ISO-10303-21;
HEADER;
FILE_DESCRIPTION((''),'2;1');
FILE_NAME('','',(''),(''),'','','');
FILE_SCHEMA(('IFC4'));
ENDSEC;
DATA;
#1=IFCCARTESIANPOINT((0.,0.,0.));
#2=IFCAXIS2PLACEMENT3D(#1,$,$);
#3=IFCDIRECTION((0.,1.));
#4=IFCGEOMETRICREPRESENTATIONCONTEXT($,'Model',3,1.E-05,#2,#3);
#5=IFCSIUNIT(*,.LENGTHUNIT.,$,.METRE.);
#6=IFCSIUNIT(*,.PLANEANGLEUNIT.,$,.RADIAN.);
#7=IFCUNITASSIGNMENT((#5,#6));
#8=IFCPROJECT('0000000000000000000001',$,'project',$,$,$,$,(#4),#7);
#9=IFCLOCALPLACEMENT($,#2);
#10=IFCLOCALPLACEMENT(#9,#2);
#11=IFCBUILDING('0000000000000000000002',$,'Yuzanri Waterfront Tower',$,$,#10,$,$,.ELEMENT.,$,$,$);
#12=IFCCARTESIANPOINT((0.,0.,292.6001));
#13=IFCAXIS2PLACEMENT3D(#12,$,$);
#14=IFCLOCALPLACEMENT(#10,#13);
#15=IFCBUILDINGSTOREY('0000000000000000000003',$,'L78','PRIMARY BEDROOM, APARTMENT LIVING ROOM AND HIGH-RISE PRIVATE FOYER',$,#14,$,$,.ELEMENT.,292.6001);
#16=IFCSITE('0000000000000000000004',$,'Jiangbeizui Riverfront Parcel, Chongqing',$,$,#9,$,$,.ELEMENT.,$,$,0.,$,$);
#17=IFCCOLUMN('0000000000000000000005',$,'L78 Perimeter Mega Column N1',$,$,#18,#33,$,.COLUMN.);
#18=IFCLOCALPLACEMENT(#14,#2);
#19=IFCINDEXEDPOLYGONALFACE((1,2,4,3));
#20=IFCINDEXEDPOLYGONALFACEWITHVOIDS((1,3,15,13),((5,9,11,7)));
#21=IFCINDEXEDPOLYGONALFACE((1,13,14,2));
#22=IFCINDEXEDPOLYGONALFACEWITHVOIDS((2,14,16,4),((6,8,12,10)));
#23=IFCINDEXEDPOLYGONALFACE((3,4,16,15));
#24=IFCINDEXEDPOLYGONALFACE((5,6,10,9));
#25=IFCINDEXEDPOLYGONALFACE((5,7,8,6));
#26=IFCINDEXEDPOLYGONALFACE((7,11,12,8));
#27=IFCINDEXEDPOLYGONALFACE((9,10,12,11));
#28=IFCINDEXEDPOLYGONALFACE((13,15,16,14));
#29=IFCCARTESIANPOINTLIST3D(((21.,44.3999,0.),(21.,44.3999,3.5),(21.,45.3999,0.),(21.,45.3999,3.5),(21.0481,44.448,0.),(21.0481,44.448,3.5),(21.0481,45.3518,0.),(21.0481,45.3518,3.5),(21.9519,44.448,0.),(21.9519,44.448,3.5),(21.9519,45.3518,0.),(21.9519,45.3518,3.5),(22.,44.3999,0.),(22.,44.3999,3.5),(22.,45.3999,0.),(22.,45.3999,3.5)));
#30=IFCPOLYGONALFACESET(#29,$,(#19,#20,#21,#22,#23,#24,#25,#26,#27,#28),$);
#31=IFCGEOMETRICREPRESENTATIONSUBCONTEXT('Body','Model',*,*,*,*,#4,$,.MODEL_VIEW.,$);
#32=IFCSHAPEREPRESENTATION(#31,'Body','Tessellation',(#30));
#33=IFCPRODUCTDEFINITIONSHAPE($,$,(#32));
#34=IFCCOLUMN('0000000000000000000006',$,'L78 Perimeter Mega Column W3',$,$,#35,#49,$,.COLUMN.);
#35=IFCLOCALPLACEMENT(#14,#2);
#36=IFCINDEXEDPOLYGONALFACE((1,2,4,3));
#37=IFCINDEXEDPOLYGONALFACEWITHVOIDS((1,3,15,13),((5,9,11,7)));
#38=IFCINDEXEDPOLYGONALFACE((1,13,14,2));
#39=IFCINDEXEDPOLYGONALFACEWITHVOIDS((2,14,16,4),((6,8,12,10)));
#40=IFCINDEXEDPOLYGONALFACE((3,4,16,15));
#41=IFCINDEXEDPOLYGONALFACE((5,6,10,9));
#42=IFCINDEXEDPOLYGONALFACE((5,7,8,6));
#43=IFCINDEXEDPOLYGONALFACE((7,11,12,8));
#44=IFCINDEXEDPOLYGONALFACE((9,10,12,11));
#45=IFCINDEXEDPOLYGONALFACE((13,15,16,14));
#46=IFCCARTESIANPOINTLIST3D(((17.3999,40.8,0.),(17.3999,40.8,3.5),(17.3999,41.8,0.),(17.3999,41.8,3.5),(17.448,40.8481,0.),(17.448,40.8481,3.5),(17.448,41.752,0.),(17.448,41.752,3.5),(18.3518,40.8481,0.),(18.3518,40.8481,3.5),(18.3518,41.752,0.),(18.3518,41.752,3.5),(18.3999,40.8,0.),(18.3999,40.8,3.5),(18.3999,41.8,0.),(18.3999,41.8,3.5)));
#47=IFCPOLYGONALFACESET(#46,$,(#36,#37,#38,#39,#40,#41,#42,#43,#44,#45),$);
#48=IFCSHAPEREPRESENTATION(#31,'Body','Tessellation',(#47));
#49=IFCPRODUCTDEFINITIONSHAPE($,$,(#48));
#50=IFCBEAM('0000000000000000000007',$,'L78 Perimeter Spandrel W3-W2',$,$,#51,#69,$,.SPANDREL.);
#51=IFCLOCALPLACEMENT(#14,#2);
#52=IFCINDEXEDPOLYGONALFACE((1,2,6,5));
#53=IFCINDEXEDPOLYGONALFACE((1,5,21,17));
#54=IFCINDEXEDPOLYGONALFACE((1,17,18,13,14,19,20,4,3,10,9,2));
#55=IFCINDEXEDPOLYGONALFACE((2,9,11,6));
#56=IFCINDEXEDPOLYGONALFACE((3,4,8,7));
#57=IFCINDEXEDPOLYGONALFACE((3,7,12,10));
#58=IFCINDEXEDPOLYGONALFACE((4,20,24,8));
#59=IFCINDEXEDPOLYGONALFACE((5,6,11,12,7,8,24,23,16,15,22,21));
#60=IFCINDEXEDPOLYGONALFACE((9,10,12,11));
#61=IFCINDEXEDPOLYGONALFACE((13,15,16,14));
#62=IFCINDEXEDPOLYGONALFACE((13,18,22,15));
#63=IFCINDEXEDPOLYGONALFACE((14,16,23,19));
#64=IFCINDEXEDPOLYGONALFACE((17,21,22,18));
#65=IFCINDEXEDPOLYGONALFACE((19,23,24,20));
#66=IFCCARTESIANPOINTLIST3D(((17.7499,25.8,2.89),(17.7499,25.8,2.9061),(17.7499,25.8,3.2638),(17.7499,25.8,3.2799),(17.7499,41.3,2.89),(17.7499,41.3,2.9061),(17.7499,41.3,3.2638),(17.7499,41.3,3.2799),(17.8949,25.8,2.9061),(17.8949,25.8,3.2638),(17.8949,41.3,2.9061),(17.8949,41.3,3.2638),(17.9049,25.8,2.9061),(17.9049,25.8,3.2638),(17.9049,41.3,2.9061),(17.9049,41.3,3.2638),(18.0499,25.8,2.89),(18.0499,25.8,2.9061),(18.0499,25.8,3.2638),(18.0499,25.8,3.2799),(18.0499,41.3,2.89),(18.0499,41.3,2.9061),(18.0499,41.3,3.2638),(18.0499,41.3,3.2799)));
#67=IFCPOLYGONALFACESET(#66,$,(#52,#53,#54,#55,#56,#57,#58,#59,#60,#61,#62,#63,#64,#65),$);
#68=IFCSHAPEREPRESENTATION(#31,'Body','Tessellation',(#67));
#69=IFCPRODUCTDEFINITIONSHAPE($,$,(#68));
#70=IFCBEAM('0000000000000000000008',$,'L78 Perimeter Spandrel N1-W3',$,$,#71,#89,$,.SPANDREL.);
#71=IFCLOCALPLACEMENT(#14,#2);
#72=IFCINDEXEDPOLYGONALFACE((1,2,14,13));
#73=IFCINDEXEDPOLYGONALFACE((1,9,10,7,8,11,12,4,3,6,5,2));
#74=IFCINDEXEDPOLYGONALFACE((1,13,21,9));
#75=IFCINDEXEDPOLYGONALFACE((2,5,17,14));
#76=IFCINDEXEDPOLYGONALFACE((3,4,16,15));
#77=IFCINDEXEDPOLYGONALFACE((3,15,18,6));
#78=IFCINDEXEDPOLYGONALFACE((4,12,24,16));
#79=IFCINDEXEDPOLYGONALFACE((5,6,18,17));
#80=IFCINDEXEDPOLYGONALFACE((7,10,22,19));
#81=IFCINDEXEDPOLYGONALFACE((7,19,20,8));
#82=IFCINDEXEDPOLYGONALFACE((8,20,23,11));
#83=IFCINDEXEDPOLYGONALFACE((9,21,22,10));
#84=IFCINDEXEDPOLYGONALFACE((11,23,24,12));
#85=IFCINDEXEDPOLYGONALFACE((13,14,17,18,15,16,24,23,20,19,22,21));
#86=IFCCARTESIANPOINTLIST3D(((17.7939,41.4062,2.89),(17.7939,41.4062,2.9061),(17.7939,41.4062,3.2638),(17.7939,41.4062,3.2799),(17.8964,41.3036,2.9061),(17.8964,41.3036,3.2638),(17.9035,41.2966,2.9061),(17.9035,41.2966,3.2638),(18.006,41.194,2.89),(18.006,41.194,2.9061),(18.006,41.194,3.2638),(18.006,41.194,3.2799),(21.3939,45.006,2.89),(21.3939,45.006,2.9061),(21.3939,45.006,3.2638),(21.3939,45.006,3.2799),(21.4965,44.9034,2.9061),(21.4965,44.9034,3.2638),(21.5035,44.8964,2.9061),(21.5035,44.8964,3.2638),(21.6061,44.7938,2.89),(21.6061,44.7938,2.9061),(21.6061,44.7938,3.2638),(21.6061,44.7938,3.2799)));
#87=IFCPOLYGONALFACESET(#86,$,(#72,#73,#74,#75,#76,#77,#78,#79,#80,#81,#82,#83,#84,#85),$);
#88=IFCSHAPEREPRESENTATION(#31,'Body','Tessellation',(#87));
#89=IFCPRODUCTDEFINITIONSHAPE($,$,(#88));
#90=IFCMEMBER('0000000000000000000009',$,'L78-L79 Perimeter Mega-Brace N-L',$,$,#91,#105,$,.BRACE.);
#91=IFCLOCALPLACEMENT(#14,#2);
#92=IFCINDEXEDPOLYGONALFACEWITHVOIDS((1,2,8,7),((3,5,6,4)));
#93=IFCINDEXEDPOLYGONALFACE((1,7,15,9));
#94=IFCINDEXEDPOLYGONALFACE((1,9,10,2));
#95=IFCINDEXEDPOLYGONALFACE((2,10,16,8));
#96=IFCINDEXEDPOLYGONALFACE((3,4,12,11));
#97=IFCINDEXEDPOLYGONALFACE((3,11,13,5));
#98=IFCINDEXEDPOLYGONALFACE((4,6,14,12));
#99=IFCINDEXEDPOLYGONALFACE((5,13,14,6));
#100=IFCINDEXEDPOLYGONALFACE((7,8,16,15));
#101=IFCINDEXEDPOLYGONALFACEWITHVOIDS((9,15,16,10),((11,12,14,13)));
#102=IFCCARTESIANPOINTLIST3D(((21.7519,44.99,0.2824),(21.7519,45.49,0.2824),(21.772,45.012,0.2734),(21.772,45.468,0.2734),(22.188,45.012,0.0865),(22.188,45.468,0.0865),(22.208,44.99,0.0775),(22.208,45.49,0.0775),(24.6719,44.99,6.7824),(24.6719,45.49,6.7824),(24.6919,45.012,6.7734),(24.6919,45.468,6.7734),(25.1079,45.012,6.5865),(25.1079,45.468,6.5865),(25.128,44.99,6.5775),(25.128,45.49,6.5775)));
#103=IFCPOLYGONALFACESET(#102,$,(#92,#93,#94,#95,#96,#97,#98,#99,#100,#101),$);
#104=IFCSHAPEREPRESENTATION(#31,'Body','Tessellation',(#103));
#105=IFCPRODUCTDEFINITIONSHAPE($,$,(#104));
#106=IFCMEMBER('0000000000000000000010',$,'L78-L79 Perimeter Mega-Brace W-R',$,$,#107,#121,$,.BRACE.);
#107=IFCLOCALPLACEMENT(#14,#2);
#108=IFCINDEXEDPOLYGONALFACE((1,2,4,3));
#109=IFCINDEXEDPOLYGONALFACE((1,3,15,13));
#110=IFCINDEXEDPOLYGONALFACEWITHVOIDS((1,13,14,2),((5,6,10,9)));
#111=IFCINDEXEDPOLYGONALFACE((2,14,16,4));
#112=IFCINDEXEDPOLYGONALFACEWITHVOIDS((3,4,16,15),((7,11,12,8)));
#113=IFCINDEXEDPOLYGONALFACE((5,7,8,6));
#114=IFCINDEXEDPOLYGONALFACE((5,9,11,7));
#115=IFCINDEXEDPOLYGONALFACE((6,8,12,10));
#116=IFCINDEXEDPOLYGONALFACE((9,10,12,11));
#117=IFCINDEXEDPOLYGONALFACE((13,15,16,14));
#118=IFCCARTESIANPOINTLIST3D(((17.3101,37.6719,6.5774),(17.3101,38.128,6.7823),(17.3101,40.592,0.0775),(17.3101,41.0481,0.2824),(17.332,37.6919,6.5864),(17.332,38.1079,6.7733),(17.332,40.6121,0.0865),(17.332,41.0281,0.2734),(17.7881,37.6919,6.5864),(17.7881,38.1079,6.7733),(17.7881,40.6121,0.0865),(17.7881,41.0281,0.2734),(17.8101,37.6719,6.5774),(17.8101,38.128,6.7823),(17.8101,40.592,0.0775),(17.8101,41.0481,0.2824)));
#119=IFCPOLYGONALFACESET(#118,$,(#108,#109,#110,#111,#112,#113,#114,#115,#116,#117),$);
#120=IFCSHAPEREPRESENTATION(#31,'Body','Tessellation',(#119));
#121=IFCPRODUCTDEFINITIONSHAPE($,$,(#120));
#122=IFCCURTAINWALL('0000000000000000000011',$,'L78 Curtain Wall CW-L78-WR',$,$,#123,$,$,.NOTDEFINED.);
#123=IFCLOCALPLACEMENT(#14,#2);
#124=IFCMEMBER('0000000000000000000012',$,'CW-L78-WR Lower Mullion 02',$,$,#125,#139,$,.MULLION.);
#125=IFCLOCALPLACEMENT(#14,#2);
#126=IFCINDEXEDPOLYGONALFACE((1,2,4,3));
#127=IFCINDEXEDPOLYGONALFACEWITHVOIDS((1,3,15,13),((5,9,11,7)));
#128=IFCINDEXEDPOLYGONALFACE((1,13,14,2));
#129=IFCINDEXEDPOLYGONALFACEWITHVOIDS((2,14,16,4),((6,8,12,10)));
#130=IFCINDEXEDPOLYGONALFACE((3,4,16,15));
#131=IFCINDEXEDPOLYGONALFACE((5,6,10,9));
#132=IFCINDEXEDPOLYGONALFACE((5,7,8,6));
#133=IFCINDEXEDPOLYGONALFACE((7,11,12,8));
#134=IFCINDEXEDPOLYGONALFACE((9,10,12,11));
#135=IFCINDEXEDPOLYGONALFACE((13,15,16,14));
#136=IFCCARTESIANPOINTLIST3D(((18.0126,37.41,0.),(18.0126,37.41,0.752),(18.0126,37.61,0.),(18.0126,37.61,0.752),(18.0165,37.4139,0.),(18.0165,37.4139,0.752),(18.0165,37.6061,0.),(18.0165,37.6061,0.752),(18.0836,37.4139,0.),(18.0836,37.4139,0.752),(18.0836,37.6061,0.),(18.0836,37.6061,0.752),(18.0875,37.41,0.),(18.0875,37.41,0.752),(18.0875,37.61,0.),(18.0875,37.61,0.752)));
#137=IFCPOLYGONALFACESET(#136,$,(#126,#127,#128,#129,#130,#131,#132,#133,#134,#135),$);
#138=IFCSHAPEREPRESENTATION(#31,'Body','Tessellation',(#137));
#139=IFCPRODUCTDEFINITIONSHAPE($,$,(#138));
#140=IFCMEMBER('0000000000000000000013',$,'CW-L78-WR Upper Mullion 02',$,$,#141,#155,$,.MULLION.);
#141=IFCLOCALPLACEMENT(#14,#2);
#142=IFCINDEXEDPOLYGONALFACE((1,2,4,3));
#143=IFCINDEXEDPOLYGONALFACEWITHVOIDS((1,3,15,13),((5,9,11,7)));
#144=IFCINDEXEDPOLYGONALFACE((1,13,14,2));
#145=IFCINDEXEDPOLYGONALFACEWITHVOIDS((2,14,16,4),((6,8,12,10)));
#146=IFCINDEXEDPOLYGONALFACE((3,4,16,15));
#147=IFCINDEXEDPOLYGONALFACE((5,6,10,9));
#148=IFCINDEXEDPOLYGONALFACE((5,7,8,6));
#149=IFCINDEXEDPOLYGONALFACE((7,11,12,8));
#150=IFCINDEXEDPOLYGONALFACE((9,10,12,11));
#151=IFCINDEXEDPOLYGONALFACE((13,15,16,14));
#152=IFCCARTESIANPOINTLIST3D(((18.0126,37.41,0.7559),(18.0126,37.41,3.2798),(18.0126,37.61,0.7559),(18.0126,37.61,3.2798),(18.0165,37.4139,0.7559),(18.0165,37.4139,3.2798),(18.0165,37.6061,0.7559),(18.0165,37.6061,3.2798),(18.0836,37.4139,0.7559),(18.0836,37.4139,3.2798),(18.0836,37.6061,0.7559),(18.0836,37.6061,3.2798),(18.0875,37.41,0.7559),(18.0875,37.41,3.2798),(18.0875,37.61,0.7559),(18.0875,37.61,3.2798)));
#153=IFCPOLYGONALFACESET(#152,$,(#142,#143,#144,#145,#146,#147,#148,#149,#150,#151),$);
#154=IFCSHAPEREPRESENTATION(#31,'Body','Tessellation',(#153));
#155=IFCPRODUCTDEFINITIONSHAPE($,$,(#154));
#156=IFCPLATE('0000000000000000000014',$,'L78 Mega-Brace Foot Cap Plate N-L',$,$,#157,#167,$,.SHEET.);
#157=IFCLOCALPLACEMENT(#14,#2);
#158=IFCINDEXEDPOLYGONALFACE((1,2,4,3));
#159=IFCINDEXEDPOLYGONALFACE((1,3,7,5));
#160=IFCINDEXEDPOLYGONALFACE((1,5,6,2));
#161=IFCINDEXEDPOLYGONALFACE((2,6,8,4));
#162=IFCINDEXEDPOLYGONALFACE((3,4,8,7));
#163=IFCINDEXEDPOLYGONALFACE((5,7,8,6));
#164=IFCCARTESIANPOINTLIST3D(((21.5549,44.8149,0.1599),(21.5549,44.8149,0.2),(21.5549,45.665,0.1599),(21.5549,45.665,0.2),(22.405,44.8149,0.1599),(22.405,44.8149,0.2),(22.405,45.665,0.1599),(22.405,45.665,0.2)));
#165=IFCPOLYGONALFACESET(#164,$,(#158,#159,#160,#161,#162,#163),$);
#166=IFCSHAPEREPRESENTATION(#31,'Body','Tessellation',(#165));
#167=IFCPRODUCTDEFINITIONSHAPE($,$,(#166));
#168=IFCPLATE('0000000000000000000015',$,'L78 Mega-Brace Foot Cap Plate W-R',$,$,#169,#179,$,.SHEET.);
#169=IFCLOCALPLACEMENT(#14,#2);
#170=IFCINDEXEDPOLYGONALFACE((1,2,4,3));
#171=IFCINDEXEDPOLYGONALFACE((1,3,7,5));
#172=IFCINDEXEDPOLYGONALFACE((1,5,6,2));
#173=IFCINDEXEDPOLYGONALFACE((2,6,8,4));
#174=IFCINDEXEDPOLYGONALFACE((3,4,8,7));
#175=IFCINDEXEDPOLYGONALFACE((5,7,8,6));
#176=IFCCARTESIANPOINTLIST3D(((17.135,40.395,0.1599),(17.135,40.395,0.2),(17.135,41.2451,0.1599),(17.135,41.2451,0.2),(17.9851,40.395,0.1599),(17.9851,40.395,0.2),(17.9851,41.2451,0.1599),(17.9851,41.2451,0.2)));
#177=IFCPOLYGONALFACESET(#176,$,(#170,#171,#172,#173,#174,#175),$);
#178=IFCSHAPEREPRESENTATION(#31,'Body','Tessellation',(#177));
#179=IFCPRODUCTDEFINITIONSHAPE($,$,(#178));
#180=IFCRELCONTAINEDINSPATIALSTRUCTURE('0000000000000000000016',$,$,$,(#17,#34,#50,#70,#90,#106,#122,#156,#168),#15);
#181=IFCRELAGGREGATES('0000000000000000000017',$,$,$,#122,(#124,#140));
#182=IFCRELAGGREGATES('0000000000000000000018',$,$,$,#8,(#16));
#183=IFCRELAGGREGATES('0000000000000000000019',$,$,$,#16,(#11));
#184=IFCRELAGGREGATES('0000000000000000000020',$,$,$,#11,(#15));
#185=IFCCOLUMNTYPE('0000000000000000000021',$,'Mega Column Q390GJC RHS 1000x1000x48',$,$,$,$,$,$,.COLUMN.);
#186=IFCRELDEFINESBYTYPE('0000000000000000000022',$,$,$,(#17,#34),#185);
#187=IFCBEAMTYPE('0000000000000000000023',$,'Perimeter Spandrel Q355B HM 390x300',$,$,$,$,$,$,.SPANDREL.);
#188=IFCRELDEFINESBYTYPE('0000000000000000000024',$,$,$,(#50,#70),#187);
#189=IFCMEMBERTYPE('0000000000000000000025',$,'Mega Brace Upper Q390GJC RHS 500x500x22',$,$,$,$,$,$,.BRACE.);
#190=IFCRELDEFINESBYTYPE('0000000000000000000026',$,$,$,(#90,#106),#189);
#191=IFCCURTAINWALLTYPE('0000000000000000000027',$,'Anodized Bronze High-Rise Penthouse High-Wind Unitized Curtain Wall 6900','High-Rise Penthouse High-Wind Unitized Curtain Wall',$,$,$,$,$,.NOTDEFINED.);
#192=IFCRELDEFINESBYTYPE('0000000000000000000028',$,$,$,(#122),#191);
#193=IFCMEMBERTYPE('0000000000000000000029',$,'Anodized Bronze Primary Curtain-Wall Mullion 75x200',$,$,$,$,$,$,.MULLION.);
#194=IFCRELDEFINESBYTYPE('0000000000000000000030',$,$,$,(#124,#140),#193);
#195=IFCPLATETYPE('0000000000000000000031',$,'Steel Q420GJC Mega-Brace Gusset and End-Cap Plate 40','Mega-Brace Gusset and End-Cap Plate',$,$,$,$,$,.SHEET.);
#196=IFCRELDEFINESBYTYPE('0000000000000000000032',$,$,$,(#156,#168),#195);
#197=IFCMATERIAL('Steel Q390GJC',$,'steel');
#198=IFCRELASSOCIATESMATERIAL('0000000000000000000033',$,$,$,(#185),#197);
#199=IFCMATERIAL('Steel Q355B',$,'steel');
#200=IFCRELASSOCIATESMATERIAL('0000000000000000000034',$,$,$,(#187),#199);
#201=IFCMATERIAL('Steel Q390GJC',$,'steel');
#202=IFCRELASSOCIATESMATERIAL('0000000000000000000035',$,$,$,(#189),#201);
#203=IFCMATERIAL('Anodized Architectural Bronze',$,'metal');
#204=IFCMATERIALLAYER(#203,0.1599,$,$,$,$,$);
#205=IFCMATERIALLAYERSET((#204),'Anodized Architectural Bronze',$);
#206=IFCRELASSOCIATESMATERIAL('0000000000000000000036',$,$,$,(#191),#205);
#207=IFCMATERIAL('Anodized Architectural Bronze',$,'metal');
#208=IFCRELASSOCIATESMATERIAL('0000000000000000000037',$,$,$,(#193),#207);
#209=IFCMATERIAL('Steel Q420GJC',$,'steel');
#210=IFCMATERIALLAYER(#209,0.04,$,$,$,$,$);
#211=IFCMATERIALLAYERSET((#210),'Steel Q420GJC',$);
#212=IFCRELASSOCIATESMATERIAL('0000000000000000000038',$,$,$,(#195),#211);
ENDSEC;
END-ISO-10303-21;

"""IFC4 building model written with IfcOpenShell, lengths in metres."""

from ifc_helpers import new_model, si_unit, direction, frame, origin, origin_2d, place, context, subcontext, project, spatial, rectangle, hollow_rectangle, i_section, extrude, source, transform, mapped, material, layer, layer_set, material_profile, profile_set, type_object, element, aggregate, save


model = new_model("IFC4")

# Units and contexts
model_context = context("Model", 3, precision=1e-05, world=origin(), true_north=direction((0.0, 1.0)))
body_context = subcontext(model_context, "Body", "Model", "MODEL_VIEW")
ifc_project = project(units=[si_unit("LENGTHUNIT", "METRE"), si_unit("PLANEANGLEUNIT", "RADIAN")], contexts=[model_context])

# Site, building, storey
site_placement = place(None, origin())
site = spatial("IfcSite", under=ifc_project, at=site_placement, Name="Jiangbeizui Riverfront Parcel, Chongqing", CompositionType="ELEMENT", RefElevation=0.0)
building_placement = place(site_placement, origin())
building = spatial("IfcBuilding", under=site, at=building_placement, Name="Yuzanri Waterfront Tower", CompositionType="ELEMENT")
storey_placement = place(building_placement, frame((0.0, 0.0, 292.6001)))
storey = spatial("IfcBuildingStorey", under=building, at=storey_placement, Name="L78", Description="PRIMARY BEDROOM, APARTMENT LIVING ROOM AND HIGH-RISE PRIVATE FOYER", CompositionType="ELEMENT", Elevation=292.6001)

# Columns
ifc_material_1 = material(Name="Steel Q390GJC", Category="steel")
ifc_material_profile_1 = material_profile(ifc_material_1, hollow_rectangle(XDim=1.0, YDim=1.0, WallThickness=0.0481, at=origin_2d()), Name="RHS 1000x1000x48")
ifc_profile_set_1 = profile_set([ifc_material_profile_1], Name="Steel Q390GJC")
column_type = type_object("IfcColumnType", Name="Mega Column Q390GJC RHS 1000x1000x48", PredefinedType="COLUMN", material=ifc_profile_set_1)
shared_shape_1 = source(origin(), body_context, "Body", "SweptSolid", [
    extrude(hollow_rectangle(XDim=1.0, YDim=1.0, WallThickness=0.0481, at=origin_2d()), origin(), (0.0, 0.0, 1.0), 3.5),
])
for number, where, z_axis, x_axis, name in (
    (1, (21.5, 44.8999, 0.0), (0.0, 0.0, 1.0), (1.0, 0.0, 0.0), "L78 Perimeter Mega Column N1"),
    (2, (17.8999, 41.3, 0.0), (0.0, 0.0, 1.0), (1.0, 0.0, 0.0), "L78 Perimeter Mega Column W3"),
):
    element("IfcColumn", number, at=place(storey_placement, frame(where, z_axis=z_axis, x_axis=x_axis)), inside=storey, type_object=column_type, Name=name, PredefinedType="COLUMN", context=body_context, shape_type="MappedRepresentation", body=[
        mapped(shared_shape_1, transform((0.0, 0.0, 0.0), scale=1.0)),
    ])

# Beams
ifc_material_2 = material(Name="Steel Q355B", Category="steel")
ifc_material_profile_2 = material_profile(ifc_material_2, i_section(OverallWidth=0.3, OverallDepth=0.3899, WebThickness=0.01, FlangeThickness=0.0161, at=origin_2d()), Name="HM 390x300x10x16")
ifc_profile_set_2 = profile_set([ifc_material_profile_2], Name="Steel Q355B")
beam_type = type_object("IfcBeamType", Name="Perimeter Spandrel Q355B HM 390x300", PredefinedType="SPANDREL", material=ifc_profile_set_2)
shared_shape_2 = source(origin(), body_context, "Body", "SweptSolid", [
    extrude(i_section(OverallWidth=0.3, OverallDepth=0.3899, WebThickness=0.01, FlangeThickness=0.0161, at=origin_2d()), origin(), (0.0, 0.0, 1.0), 15.5),
])
beam_1_placement = place(storey_placement, frame((17.8999, 41.3, 3.085), z_axis=(0.0, -1.0, 0.0), x_axis=(1.0, 0.0, 0.0)))
element("IfcBeam", 3, at=beam_1_placement, inside=storey, type_object=beam_type, Name="L78 Perimeter Spandrel W3-W2", PredefinedType="SPANDREL", context=body_context, shape_type="MappedRepresentation", body=[
    mapped(shared_shape_2, transform((0.0, 0.0, 0.0), scale=1.0)),
])
shared_shape_3 = source(origin(), body_context, "Body", "SweptSolid", [
    extrude(i_section(OverallWidth=0.3, OverallDepth=0.3899, WebThickness=0.01, FlangeThickness=0.0161, at=origin_2d()), origin(), (0.0, 0.0, 1.0), 5.0911),
])
beam_2_placement = place(storey_placement, frame((21.5, 44.8999, 3.085), z_axis=(-0.707131, -0.707083, 0.0), x_axis=(0.707083, -0.707131, 0.0)))
element("IfcBeam", 4, at=beam_2_placement, inside=storey, type_object=beam_type, Name="L78 Perimeter Spandrel N1-W3", PredefinedType="SPANDREL", context=body_context, shape_type="MappedRepresentation", body=[
    mapped(shared_shape_3, transform((0.0, 0.0, 0.0), scale=1.0)),
])

# Members
ifc_material_3 = material(Name="Steel Q390GJC", Category="steel")
ifc_material_profile_3 = material_profile(ifc_material_3, hollow_rectangle(XDim=0.5, YDim=0.5, WallThickness=0.022, at=origin_2d()), Name="RHS 500x500x22")
ifc_profile_set_3 = profile_set([ifc_material_profile_3], Name="Steel Q390GJC")
member_type_1 = type_object("IfcMemberType", Name="Mega Brace Upper Q390GJC RHS 500x500x22", PredefinedType="BRACE", material=ifc_profile_set_3)
shared_shape_4 = source(origin(), body_context, "Body", "SweptSolid", [
    extrude(hollow_rectangle(XDim=0.5, YDim=0.5, WallThickness=0.022, at=origin_2d()), origin(), (0.0, 0.0, 1.0), 7.1257),
])
for number, where, z_axis, x_axis, name in (
    (5, (21.98, 45.24, 0.1799), (0.409772, 0.0, 0.912188), (0.0, 1.0, 0.0), "L78-L79 Perimeter Mega-Brace N-L"),
    (6, (17.5601, 40.8201, 0.1799), (0.0, -0.4098, 0.912175), (1.0, 0.0, 0.0), "L78-L79 Perimeter Mega-Brace W-R"),
):
    element("IfcMember", number, at=place(storey_placement, frame(where, z_axis=z_axis, x_axis=x_axis)), inside=storey, type_object=member_type_1, Name=name, PredefinedType="BRACE", context=body_context, shape_type="MappedRepresentation", body=[
        mapped(shared_shape_4, transform((0.0, 0.0, 0.0), scale=1.0)),
    ])

# Curtain wall, members
ifc_material_4 = material(Name="Anodized Architectural Bronze", Category="metal")
ifc_layer_1 = layer(ifc_material_4, 0.1599)
ifc_layer_set_1 = layer_set([ifc_layer_1], Name="Anodized Architectural Bronze")
curtain_wall_type = type_object("IfcCurtainWallType", Name="Anodized Bronze High-Rise Penthouse High-Wind Unitized Curtain Wall 6900", Description="High-Rise Penthouse High-Wind Unitized Curtain Wall", PredefinedType="NOTDEFINED", material=ifc_layer_set_1)
curtain_wall_placement = place(storey_placement, origin())
curtain_wall = element("IfcCurtainWall", 7, at=curtain_wall_placement, inside=storey, type_object=curtain_wall_type, Name="L78 Curtain Wall CW-L78-WR", PredefinedType="NOTDEFINED")
ifc_material_5 = material(Name="Anodized Architectural Bronze", Category="metal")
ifc_material_profile_4 = material_profile(ifc_material_5, hollow_rectangle(XDim=0.075, YDim=0.2, WallThickness=0.0039, at=origin_2d()), Name="CWM 75x200")
ifc_profile_set_4 = profile_set([ifc_material_profile_4], Name="Anodized Architectural Bronze")
member_type_2 = type_object("IfcMemberType", Name="Anodized Bronze Primary Curtain-Wall Mullion 75x200", PredefinedType="MULLION", material=ifc_profile_set_4)
shared_shape_5 = source(origin(), body_context, "Body", "SweptSolid", [
    extrude(hollow_rectangle(XDim=0.075, YDim=0.2, WallThickness=0.0039, at=origin_2d()), origin(), (0.0, 0.0, 1.0), 0.752),
])
member_1_placement = place(storey_placement, frame((18.05, 37.51, 0.0), z_axis=(0.0, 0.0, 1.0), x_axis=(1.0, 0.0, 0.0)))
member_1 = element("IfcMember", 8, at=member_1_placement, type_object=member_type_2, Name="CW-L78-WR Lower Mullion 02", PredefinedType="MULLION", context=body_context, shape_type="MappedRepresentation", body=[
    mapped(shared_shape_5, transform((0.0, 0.0, 0.0), scale=1.0)),
])
shared_shape_6 = source(origin(), body_context, "Body", "SweptSolid", [
    extrude(hollow_rectangle(XDim=0.075, YDim=0.2, WallThickness=0.0039, at=origin_2d()), origin(), (0.0, 0.0, 1.0), 2.5239),
])
member_2_placement = place(storey_placement, frame((18.05, 37.51, 0.7559), z_axis=(0.0, 0.0, 1.0), x_axis=(1.0, 0.0, 0.0)))
member_2 = element("IfcMember", 9, at=member_2_placement, type_object=member_type_2, Name="CW-L78-WR Upper Mullion 02", PredefinedType="MULLION", context=body_context, shape_type="MappedRepresentation", body=[
    mapped(shared_shape_6, transform((0.0, 0.0, 0.0), scale=1.0)),
])

# Plates
ifc_material_6 = material(Name="Steel Q420GJC", Category="steel")
ifc_layer_2 = layer(ifc_material_6, 0.04)
ifc_layer_set_2 = layer_set([ifc_layer_2], Name="Steel Q420GJC")
plate_type_1 = type_object("IfcPlateType", Name="Steel Q420GJC Mega-Brace Gusset and End-Cap Plate 40", Description="Mega-Brace Gusset and End-Cap Plate", PredefinedType="SHEET", material=ifc_layer_set_2)
shared_shape_7 = source(origin(), body_context, "Body", "SweptSolid", [
    extrude(rectangle(XDim=0.8501, YDim=0.8501, at=origin_2d()), origin(), (0.0, 0.0, 1.0), 0.04),
])
for number, where, z_axis, x_axis, name in (
    (10, (21.98, 45.24, 0.1599), (0.0, 0.0, 1.0), (1.0, 0.0, 0.0), "L78 Mega-Brace Foot Cap Plate N-L"),
    (11, (17.5601, 40.8201, 0.1599), (0.0, 0.0, 1.0), (1.0, 0.0, 0.0), "L78 Mega-Brace Foot Cap Plate W-R"),
):
    element("IfcPlate", number, at=place(storey_placement, frame(where, z_axis=z_axis, x_axis=x_axis)), inside=storey, type_object=plate_type_1, Name=name, PredefinedType="SHEET", context=body_context, shape_type="MappedRepresentation", body=[
        mapped(shared_shape_7, transform((0.0, 0.0, 0.0), scale=1.0)),
    ])

aggregate(curtain_wall, [member_1, member_2])

save(model, "model.ifc")
